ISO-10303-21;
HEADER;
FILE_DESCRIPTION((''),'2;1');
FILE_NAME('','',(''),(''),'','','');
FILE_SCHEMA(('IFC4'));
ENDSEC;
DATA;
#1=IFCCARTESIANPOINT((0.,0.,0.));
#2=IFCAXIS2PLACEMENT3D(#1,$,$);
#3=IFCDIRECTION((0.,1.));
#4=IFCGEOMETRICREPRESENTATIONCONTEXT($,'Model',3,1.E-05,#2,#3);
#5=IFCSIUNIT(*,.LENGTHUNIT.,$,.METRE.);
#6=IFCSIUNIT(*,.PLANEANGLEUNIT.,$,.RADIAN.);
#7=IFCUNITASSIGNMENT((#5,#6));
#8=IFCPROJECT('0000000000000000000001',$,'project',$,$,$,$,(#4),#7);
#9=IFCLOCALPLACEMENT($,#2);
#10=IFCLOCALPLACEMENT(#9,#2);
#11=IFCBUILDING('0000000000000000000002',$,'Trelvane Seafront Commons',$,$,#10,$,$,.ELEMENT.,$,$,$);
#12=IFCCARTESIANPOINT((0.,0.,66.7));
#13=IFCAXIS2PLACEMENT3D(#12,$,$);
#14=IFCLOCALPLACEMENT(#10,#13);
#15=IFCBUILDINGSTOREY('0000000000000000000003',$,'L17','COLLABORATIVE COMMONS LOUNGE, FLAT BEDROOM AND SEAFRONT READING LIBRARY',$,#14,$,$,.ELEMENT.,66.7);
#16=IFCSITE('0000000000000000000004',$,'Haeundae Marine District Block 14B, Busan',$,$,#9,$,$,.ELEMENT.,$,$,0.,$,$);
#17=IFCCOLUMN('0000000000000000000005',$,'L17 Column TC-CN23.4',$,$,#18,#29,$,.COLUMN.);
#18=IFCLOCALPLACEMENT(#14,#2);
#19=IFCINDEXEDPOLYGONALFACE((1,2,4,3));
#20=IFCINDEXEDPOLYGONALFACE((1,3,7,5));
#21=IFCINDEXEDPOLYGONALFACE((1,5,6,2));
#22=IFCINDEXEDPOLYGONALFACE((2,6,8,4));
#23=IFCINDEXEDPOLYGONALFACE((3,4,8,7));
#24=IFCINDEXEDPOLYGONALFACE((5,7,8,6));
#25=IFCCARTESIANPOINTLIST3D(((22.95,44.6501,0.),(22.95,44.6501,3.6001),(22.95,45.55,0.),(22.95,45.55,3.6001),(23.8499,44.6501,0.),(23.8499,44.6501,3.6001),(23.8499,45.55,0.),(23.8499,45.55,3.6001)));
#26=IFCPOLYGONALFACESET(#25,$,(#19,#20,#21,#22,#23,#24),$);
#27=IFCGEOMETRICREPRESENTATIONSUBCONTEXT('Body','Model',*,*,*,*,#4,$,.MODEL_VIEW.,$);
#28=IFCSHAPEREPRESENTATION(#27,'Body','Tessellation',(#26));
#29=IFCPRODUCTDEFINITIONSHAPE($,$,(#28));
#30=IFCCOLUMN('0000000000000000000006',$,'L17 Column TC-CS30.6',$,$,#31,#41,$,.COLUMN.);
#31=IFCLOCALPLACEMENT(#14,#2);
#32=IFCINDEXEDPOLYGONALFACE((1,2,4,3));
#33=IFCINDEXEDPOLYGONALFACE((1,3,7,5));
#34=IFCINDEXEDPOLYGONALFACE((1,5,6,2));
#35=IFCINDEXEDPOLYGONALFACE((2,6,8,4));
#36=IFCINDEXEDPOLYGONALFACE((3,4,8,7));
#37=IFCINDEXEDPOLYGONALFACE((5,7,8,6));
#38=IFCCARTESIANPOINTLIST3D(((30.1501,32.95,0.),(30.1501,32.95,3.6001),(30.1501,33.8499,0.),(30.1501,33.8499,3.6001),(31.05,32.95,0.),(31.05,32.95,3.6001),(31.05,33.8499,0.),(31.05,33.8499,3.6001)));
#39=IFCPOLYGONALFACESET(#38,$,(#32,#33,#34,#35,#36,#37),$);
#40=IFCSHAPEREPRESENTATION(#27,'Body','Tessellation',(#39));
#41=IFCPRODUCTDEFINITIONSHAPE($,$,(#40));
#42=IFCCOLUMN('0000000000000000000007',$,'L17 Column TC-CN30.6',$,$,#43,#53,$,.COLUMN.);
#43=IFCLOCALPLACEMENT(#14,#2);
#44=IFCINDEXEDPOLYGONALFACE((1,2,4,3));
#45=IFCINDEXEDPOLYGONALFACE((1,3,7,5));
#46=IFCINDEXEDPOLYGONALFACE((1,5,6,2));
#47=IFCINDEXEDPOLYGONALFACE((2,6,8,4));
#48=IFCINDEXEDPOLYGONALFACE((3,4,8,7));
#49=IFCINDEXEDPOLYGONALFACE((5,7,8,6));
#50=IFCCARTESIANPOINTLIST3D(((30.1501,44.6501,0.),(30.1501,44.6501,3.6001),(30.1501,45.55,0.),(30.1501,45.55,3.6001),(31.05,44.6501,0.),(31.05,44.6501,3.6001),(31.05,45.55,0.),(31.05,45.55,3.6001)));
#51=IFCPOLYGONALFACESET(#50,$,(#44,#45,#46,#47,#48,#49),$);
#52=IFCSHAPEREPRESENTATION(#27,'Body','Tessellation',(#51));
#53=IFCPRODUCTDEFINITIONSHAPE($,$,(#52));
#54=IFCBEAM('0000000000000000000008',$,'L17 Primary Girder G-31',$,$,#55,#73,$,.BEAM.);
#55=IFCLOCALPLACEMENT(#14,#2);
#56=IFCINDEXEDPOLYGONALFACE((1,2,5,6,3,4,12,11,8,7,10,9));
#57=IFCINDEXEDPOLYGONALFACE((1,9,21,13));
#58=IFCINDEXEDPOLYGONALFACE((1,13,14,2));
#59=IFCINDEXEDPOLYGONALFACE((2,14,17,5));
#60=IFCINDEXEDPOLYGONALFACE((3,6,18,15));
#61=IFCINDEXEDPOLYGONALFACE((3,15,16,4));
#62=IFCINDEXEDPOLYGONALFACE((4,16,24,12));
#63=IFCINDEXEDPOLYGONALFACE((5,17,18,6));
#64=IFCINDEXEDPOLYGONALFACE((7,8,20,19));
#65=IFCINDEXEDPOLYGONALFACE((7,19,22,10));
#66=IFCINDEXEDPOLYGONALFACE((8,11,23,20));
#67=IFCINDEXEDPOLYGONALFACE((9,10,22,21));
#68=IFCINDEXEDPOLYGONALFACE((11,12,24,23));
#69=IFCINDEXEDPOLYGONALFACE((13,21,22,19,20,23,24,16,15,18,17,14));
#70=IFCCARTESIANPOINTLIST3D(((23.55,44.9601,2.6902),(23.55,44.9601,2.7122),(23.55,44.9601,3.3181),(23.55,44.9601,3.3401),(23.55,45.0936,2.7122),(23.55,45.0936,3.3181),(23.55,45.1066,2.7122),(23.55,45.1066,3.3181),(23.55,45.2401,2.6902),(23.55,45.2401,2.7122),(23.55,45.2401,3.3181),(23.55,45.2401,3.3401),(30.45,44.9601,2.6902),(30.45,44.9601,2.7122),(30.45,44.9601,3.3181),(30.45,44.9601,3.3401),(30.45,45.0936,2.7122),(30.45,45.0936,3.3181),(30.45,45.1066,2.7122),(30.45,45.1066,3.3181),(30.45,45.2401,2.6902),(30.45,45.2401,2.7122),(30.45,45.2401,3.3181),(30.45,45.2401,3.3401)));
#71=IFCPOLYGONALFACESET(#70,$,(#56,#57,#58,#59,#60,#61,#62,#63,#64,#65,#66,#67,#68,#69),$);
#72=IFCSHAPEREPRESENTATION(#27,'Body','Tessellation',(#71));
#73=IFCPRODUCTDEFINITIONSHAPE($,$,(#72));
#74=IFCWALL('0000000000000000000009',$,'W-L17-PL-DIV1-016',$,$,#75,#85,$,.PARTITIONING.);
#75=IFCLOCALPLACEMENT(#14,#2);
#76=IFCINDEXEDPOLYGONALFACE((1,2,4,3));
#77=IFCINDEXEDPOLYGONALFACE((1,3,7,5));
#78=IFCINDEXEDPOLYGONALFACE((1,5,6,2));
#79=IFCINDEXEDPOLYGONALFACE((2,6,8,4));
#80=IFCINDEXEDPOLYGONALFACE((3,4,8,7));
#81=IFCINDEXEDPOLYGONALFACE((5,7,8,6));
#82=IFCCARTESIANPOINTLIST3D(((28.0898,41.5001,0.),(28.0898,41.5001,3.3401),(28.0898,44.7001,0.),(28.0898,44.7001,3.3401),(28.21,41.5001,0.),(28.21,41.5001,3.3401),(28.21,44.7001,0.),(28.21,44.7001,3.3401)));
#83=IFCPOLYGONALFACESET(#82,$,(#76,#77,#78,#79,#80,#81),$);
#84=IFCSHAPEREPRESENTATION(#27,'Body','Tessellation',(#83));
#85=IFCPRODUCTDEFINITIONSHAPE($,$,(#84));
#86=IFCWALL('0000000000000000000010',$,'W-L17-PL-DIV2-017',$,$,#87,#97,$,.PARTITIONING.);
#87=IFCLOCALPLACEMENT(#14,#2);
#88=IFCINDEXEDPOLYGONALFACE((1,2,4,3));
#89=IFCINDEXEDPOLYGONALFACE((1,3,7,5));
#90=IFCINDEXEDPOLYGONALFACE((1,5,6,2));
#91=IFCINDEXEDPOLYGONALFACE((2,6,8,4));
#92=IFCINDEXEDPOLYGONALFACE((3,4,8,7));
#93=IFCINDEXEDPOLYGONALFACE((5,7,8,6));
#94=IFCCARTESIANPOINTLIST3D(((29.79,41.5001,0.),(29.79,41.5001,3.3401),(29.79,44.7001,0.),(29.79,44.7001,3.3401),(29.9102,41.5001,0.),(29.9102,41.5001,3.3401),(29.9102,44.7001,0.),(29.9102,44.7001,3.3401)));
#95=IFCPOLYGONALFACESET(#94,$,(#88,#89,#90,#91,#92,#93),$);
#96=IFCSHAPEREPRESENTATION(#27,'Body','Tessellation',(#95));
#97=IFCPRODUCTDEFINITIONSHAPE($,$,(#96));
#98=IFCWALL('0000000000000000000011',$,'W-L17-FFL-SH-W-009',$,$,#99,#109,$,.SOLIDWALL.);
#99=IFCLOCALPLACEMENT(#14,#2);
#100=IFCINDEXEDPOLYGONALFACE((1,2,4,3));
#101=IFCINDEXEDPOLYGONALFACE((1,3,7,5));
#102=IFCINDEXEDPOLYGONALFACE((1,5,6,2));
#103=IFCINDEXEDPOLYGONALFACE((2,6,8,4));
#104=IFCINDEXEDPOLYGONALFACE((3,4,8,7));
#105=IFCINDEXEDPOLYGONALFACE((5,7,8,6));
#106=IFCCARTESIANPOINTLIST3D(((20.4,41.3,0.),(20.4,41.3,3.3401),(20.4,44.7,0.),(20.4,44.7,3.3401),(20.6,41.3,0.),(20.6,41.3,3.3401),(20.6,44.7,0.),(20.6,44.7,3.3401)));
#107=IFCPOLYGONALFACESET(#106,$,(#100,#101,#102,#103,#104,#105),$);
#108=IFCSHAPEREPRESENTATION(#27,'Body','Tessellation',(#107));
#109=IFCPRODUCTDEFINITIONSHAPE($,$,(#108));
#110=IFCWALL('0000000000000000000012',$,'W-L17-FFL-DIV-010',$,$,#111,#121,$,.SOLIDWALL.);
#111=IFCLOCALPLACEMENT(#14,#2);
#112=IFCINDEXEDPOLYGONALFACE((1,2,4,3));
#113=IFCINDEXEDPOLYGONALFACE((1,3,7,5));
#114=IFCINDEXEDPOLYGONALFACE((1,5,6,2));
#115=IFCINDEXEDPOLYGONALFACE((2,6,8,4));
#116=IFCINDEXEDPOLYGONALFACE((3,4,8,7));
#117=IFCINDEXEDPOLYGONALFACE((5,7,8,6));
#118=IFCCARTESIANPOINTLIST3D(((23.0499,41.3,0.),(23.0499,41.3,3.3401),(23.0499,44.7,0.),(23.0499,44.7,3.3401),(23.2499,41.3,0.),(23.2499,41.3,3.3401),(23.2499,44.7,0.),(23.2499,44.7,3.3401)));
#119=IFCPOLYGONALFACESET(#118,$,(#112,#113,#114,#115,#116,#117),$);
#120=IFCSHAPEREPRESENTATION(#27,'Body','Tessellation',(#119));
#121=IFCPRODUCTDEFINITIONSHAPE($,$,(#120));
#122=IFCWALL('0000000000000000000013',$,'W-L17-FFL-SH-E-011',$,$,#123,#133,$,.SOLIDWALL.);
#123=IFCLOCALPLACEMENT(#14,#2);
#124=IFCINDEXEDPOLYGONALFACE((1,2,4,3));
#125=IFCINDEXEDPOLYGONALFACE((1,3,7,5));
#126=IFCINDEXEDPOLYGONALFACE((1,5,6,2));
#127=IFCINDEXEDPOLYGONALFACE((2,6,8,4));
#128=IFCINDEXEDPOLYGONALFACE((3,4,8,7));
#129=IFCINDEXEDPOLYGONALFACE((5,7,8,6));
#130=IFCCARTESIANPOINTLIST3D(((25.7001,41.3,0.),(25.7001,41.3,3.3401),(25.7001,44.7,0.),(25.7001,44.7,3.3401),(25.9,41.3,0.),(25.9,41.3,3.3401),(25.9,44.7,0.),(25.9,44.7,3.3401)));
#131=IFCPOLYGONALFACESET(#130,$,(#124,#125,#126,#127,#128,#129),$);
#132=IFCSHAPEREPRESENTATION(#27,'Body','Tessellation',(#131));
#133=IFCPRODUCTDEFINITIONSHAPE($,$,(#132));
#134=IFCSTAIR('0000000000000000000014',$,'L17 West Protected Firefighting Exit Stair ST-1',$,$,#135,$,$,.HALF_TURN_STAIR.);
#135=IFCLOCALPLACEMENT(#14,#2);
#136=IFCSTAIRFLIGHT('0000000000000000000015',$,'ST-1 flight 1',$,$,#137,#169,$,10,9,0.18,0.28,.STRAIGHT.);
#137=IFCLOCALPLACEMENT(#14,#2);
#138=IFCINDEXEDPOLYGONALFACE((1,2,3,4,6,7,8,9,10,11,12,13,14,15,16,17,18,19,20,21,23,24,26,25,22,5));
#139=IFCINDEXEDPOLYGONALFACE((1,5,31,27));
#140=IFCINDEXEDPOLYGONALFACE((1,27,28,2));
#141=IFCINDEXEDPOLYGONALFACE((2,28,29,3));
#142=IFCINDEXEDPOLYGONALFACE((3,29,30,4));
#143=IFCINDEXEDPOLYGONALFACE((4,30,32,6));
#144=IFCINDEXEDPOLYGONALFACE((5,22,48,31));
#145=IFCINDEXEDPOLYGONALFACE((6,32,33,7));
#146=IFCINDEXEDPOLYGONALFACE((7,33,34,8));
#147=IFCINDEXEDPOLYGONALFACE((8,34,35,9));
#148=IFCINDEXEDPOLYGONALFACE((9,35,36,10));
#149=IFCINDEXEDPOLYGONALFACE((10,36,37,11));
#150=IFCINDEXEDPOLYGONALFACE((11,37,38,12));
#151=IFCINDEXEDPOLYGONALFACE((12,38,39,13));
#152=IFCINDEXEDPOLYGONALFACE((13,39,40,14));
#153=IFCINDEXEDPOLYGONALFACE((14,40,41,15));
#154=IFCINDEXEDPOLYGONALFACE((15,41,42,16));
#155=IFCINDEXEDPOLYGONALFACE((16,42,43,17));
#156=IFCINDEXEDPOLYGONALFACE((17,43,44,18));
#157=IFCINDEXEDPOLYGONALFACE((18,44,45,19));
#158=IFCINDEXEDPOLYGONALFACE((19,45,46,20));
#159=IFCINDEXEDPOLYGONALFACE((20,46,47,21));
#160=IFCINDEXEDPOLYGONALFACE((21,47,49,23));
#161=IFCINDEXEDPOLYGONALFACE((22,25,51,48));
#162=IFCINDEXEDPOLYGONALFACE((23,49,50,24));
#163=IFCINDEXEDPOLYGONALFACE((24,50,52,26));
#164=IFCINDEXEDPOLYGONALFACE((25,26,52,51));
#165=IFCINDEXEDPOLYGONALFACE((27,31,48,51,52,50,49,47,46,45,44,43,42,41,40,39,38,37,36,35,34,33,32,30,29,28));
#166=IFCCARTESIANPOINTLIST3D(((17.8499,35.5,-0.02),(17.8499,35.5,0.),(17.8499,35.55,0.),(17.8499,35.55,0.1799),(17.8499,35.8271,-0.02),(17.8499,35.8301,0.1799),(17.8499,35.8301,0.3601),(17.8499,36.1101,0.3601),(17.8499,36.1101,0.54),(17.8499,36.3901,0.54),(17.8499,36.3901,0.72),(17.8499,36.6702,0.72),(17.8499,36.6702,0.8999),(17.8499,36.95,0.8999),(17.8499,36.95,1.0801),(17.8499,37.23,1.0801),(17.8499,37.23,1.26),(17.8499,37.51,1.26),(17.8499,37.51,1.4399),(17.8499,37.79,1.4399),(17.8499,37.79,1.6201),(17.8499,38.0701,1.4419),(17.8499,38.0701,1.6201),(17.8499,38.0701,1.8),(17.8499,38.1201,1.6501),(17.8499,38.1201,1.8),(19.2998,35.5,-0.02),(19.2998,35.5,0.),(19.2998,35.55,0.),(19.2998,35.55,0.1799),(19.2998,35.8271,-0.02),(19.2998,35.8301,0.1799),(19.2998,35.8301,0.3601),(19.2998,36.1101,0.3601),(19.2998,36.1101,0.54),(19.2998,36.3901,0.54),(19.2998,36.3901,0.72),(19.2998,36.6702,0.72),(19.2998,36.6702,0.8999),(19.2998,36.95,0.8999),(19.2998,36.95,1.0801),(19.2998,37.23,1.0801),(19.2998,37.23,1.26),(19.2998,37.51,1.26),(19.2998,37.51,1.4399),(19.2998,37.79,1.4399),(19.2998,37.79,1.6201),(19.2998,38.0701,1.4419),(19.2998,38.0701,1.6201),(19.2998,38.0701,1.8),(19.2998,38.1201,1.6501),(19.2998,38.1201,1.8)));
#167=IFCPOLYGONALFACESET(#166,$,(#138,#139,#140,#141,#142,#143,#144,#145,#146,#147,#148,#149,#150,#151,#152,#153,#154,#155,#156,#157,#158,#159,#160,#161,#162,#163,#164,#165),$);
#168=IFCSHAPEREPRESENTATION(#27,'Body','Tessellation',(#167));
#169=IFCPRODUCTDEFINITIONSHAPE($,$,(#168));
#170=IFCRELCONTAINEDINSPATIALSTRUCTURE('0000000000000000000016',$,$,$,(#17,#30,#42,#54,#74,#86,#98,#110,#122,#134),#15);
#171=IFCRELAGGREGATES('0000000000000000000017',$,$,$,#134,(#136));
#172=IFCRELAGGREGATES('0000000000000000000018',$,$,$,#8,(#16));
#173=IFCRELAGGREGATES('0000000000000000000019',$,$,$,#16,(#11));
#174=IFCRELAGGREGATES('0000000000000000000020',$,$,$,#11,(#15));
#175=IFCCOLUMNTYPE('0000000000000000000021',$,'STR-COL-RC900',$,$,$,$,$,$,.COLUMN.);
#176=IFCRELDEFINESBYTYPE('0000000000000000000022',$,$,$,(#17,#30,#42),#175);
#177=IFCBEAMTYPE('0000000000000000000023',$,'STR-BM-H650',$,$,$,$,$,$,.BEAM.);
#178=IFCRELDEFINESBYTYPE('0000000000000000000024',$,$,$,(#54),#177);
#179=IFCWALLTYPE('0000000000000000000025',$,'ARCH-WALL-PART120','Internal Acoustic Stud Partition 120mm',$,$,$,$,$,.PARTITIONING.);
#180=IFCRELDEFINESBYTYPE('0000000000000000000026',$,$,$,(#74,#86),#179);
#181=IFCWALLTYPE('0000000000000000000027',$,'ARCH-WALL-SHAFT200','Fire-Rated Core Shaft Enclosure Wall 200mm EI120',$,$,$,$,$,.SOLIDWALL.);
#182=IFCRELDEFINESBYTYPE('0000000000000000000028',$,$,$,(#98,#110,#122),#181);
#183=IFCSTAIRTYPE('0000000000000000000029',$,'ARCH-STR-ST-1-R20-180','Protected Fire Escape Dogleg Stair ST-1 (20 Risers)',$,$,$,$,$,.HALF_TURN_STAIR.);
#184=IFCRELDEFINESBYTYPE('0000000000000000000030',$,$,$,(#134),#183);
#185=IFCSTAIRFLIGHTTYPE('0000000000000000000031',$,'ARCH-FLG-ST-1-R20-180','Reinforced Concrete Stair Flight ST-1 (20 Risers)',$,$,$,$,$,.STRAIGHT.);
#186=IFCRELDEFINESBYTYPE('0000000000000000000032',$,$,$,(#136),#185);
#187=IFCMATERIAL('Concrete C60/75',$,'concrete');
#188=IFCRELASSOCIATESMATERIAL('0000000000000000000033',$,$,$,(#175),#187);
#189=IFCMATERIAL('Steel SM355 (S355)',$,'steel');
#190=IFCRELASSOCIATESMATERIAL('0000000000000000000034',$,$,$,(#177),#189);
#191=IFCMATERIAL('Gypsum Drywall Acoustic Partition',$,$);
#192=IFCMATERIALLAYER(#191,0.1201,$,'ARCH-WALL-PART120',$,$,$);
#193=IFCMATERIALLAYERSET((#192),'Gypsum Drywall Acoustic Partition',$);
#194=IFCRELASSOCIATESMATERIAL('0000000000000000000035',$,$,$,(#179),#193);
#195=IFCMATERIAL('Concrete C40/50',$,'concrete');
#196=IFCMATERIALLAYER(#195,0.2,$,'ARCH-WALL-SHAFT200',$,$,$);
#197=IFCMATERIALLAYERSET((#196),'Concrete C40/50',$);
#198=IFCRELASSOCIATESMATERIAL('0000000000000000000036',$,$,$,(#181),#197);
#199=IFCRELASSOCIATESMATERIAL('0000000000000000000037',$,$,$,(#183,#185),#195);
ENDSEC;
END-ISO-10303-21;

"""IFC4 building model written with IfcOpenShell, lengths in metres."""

from ifc_helpers import new_model, si_unit, direction, frame, frame_2d, origin, origin_2d, place, context, subcontext, project, spatial, polyline, rectangle, i_section, outline, extrude, source, transform, mapped, material, layer, layer_set, material_profile, profile_set, type_object, element, aggregate, save


model = new_model("IFC4")

# Units and contexts
model_context = context("Model", 3, precision=1e-05, world=origin(), true_north=direction((0.0, 1.0)))
body_context = subcontext(model_context, "Body", "Model", "MODEL_VIEW")
ifc_project = project(units=[si_unit("LENGTHUNIT", "METRE"), si_unit("PLANEANGLEUNIT", "RADIAN")], contexts=[model_context])

# Site, building, storey
site_placement = place(None, origin())
site = spatial("IfcSite", under=ifc_project, at=site_placement, Name="Haeundae Marine District Block 14B, Busan", CompositionType="ELEMENT", RefElevation=0.0)
building_placement = place(site_placement, origin())
building = spatial("IfcBuilding", under=site, at=building_placement, Name="Trelvane Seafront Commons", CompositionType="ELEMENT")
storey_placement = place(building_placement, frame((0.0, 0.0, 66.7)))
storey = spatial("IfcBuildingStorey", under=building, at=storey_placement, Name="L17", Description="COLLABORATIVE COMMONS LOUNGE, FLAT BEDROOM AND SEAFRONT READING LIBRARY", CompositionType="ELEMENT", Elevation=66.7)

# Columns
ifc_material_1 = material(Name="Concrete C60/75", Category="concrete")
ifc_material_profile_1 = material_profile(ifc_material_1, rectangle(XDim=0.8999, YDim=0.8999, at=origin_2d()), Name="RC-900x900")
ifc_profile_set_1 = profile_set([ifc_material_profile_1], Name="Concrete C60/75")
column_type = type_object("IfcColumnType", Name="STR-COL-RC900", PredefinedType="COLUMN", material=ifc_profile_set_1)
shared_shape_1 = source(origin(), body_context, "Body", "SweptSolid", [
    extrude(rectangle(XDim=0.8999, YDim=0.8999, at=origin_2d()), origin(), (0.0, 0.0, 1.0), 3.6001),
])
for number, where, z_axis, x_axis, name in (
    (1, (23.3999, 45.1001, 0.0), (0.0, 0.0, 1.0), (1.0, 0.0, 0.0), "L17 Column TC-CN23.4"),
    (2, (30.6001, 33.3999, 0.0), (0.0, 0.0, 1.0), (1.0, 0.0, 0.0), "L17 Column TC-CS30.6"),
    (3, (30.6001, 45.1001, 0.0), (0.0, 0.0, 1.0), (1.0, 0.0, 0.0), "L17 Column TC-CN30.6"),
):
    element("IfcColumn", number, at=place(storey_placement, frame(where, z_axis=z_axis, x_axis=x_axis)), inside=storey, type_object=column_type, Name=name, PredefinedType="COLUMN", context=body_context, shape_type="MappedRepresentation", body=[
        mapped(shared_shape_1, transform((0.0, 0.0, 0.0), x_axis=(1.0, 0.0, 0.0), y_axis=(0.0, 1.0, 0.0), z_axis=(0.0, 0.0, 1.0), scale=1.0)),
    ])

# Beam
ifc_material_2 = material(Name="Steel SM355 (S355)", Category="steel")
ifc_material_profile_2 = material_profile(ifc_material_2, i_section(OverallWidth=0.28, OverallDepth=0.6499, WebThickness=0.0129, FlangeThickness=0.022, at=origin_2d()), Name="H-650x280x13x22")
ifc_profile_set_2 = profile_set([ifc_material_profile_2], Name="Steel SM355 (S355)")
beam_type = type_object("IfcBeamType", Name="STR-BM-H650", PredefinedType="BEAM", material=ifc_profile_set_2)
shared_shape_2 = source(origin(), body_context, "Body", "SweptSolid", [
    extrude(i_section(OverallWidth=0.28, OverallDepth=0.6499, WebThickness=0.0129, FlangeThickness=0.022, at=origin_2d()), origin(), (0.0, 0.0, 1.0), 6.8999),
])
beam_placement = place(storey_placement, frame((23.55, 45.1001, 3.0151), z_axis=(1.0, 0.0, 0.0), x_axis=(0.0, 1.0, 0.0)))
element("IfcBeam", 4, at=beam_placement, inside=storey, type_object=beam_type, Name="L17 Primary Girder G-31", PredefinedType="BEAM", context=body_context, shape_type="MappedRepresentation", body=[
    mapped(shared_shape_2, transform((0.0, 0.0, 0.0), x_axis=(1.0, 0.0, 0.0), y_axis=(0.0, 1.0, 0.0), z_axis=(0.0, 0.0, 1.0), scale=1.0)),
])

# Walls
ifc_material_3 = material(Name="Gypsum Drywall Acoustic Partition")
ifc_layer_1 = layer(ifc_material_3, 0.1201, Name="ARCH-WALL-PART120")
ifc_layer_set_1 = layer_set([ifc_layer_1], Name="Gypsum Drywall Acoustic Partition")
wall_type_1 = type_object("IfcWallType", Name="ARCH-WALL-PART120", Description="Internal Acoustic Stud Partition 120mm", PredefinedType="PARTITIONING", material=ifc_layer_set_1)
for number, where, z_axis, x_axis, name in (
    (5, (28.1499, 41.5, 0.0), (0.0, 0.0, 1.0), (0.0, 1.0, 0.0), "W-L17-PL-DIV1-016"),
    (6, (29.8501, 41.5, 0.0), (0.0, 0.0, 1.0), (0.0, 1.0, 0.0), "W-L17-PL-DIV2-017"),
):
    element("IfcWall", number, at=place(storey_placement, frame(where, z_axis=z_axis, x_axis=x_axis)), inside=storey, type_object=wall_type_1, Name=name, PredefinedType="PARTITIONING", context=body_context, shape_type="SweptSolid", body=[
        extrude(rectangle(XDim=3.2, YDim=0.1201, at=frame_2d((1.6001, 0.0))), origin(), (0.0, 0.0, 1.0), 3.3401),
    ])

# Shared definitions
ifc_material_4 = material(Name="Concrete C40/50", Category="concrete")
ifc_layer_2 = layer(ifc_material_4, 0.2, Name="ARCH-WALL-SHAFT200")
ifc_layer_set_2 = layer_set([ifc_layer_2], Name="Concrete C40/50")
wall_type_2 = type_object("IfcWallType", Name="ARCH-WALL-SHAFT200", Description="Fire-Rated Core Shaft Enclosure Wall 200mm EI120", PredefinedType="SOLIDWALL", material=ifc_layer_set_2)

# Walls
for number, where, z_axis, x_axis, name in (
    (7, (20.5, 41.3, 0.0), (0.0, 0.0, 1.0), (0.0, 1.0, 0.0), "W-L17-FFL-SH-W-009"),
    (8, (23.1499, 41.3, 0.0), (0.0, 0.0, 1.0), (0.0, 1.0, 0.0), "W-L17-FFL-DIV-010"),
    (9, (25.8, 41.3, 0.0), (0.0, 0.0, 1.0), (0.0, 1.0, 0.0), "W-L17-FFL-SH-E-011"),
):
    element("IfcWall", number, at=place(storey_placement, frame(where, z_axis=z_axis, x_axis=x_axis)), inside=storey, type_object=wall_type_2, Name=name, PredefinedType="SOLIDWALL", context=body_context, shape_type="SweptSolid", body=[
        extrude(rectangle(XDim=3.3999, YDim=0.2, at=frame_2d((1.7, 0.0))), origin(), (0.0, 0.0, 1.0), 3.3401),
    ])

# Stair, stair flight
stair_type = type_object("IfcStairType", Name="ARCH-STR-ST-1-R20-180", Description="Protected Fire Escape Dogleg Stair ST-1 (20 Risers)", PredefinedType="HALF_TURN_STAIR", material=ifc_material_4)
stair_placement = place(storey_placement, origin())
stair = element("IfcStair", 10, at=stair_placement, inside=storey, type_object=stair_type, Name="L17 West Protected Firefighting Exit Stair ST-1", PredefinedType="HALF_TURN_STAIR")
stair_flight_type = type_object("IfcStairFlightType", Name="ARCH-FLG-ST-1-R20-180", Description="Reinforced Concrete Stair Flight ST-1 (20 Risers)", PredefinedType="STRAIGHT", material=ifc_material_4)
shared_shape_3 = source(origin(), body_context, "Body", "SweptSolid", [
    extrude(outline(polyline([(-0.05, -0.02), (-0.05, 0.0), (0.0, 0.0), (0.0, 0.1799), (0.28, 0.1799), (0.28, 0.3601), (0.5601, 0.3601), (0.5601, 0.54), (0.8401, 0.54), (0.8401, 0.72), (1.1201, 0.72), (1.1201, 0.8999), (1.3999, 0.8999), (1.3999, 1.0801), (1.6799, 1.0801), (1.6799, 1.26), (1.96, 1.26), (1.96, 1.4399), (2.24, 1.4399), (2.24, 1.6201), (2.52, 1.6201), (2.52, 1.8), (2.5701, 1.8), (2.5701, 1.6501), (2.52, 1.4419), (0.2771, -0.02), (-0.05, -0.02)])), frame((0.0, 0.7251, 0.0), z_axis=(0.0, -1.0, 0.0), x_axis=(1.0, 0.0, 0.0)), (0.0, 0.0, 1.0), 1.45),
])
stair_flight_placement = place(storey_placement, frame((18.575, 35.55, 0.0), z_axis=(0.0, 0.0, 1.0), x_axis=(0.0, 1.0, 0.0)))
stair_flight = element("IfcStairFlight", 11, at=stair_flight_placement, type_object=stair_flight_type, Name="ST-1 flight 1", NumberOfRisers=10, NumberOfTreads=9, PredefinedType="STRAIGHT", RiserHeight=0.18, TreadLength=0.28, context=body_context, shape_type="MappedRepresentation", body=[
    mapped(shared_shape_3, transform((0.0, 0.0, 0.0), x_axis=(1.0, 0.0, 0.0), y_axis=(0.0, 1.0, 0.0), z_axis=(0.0, 0.0, 1.0), scale=1.0)),
])
aggregate(stair, [stair_flight])

save(model, "model.ifc")
